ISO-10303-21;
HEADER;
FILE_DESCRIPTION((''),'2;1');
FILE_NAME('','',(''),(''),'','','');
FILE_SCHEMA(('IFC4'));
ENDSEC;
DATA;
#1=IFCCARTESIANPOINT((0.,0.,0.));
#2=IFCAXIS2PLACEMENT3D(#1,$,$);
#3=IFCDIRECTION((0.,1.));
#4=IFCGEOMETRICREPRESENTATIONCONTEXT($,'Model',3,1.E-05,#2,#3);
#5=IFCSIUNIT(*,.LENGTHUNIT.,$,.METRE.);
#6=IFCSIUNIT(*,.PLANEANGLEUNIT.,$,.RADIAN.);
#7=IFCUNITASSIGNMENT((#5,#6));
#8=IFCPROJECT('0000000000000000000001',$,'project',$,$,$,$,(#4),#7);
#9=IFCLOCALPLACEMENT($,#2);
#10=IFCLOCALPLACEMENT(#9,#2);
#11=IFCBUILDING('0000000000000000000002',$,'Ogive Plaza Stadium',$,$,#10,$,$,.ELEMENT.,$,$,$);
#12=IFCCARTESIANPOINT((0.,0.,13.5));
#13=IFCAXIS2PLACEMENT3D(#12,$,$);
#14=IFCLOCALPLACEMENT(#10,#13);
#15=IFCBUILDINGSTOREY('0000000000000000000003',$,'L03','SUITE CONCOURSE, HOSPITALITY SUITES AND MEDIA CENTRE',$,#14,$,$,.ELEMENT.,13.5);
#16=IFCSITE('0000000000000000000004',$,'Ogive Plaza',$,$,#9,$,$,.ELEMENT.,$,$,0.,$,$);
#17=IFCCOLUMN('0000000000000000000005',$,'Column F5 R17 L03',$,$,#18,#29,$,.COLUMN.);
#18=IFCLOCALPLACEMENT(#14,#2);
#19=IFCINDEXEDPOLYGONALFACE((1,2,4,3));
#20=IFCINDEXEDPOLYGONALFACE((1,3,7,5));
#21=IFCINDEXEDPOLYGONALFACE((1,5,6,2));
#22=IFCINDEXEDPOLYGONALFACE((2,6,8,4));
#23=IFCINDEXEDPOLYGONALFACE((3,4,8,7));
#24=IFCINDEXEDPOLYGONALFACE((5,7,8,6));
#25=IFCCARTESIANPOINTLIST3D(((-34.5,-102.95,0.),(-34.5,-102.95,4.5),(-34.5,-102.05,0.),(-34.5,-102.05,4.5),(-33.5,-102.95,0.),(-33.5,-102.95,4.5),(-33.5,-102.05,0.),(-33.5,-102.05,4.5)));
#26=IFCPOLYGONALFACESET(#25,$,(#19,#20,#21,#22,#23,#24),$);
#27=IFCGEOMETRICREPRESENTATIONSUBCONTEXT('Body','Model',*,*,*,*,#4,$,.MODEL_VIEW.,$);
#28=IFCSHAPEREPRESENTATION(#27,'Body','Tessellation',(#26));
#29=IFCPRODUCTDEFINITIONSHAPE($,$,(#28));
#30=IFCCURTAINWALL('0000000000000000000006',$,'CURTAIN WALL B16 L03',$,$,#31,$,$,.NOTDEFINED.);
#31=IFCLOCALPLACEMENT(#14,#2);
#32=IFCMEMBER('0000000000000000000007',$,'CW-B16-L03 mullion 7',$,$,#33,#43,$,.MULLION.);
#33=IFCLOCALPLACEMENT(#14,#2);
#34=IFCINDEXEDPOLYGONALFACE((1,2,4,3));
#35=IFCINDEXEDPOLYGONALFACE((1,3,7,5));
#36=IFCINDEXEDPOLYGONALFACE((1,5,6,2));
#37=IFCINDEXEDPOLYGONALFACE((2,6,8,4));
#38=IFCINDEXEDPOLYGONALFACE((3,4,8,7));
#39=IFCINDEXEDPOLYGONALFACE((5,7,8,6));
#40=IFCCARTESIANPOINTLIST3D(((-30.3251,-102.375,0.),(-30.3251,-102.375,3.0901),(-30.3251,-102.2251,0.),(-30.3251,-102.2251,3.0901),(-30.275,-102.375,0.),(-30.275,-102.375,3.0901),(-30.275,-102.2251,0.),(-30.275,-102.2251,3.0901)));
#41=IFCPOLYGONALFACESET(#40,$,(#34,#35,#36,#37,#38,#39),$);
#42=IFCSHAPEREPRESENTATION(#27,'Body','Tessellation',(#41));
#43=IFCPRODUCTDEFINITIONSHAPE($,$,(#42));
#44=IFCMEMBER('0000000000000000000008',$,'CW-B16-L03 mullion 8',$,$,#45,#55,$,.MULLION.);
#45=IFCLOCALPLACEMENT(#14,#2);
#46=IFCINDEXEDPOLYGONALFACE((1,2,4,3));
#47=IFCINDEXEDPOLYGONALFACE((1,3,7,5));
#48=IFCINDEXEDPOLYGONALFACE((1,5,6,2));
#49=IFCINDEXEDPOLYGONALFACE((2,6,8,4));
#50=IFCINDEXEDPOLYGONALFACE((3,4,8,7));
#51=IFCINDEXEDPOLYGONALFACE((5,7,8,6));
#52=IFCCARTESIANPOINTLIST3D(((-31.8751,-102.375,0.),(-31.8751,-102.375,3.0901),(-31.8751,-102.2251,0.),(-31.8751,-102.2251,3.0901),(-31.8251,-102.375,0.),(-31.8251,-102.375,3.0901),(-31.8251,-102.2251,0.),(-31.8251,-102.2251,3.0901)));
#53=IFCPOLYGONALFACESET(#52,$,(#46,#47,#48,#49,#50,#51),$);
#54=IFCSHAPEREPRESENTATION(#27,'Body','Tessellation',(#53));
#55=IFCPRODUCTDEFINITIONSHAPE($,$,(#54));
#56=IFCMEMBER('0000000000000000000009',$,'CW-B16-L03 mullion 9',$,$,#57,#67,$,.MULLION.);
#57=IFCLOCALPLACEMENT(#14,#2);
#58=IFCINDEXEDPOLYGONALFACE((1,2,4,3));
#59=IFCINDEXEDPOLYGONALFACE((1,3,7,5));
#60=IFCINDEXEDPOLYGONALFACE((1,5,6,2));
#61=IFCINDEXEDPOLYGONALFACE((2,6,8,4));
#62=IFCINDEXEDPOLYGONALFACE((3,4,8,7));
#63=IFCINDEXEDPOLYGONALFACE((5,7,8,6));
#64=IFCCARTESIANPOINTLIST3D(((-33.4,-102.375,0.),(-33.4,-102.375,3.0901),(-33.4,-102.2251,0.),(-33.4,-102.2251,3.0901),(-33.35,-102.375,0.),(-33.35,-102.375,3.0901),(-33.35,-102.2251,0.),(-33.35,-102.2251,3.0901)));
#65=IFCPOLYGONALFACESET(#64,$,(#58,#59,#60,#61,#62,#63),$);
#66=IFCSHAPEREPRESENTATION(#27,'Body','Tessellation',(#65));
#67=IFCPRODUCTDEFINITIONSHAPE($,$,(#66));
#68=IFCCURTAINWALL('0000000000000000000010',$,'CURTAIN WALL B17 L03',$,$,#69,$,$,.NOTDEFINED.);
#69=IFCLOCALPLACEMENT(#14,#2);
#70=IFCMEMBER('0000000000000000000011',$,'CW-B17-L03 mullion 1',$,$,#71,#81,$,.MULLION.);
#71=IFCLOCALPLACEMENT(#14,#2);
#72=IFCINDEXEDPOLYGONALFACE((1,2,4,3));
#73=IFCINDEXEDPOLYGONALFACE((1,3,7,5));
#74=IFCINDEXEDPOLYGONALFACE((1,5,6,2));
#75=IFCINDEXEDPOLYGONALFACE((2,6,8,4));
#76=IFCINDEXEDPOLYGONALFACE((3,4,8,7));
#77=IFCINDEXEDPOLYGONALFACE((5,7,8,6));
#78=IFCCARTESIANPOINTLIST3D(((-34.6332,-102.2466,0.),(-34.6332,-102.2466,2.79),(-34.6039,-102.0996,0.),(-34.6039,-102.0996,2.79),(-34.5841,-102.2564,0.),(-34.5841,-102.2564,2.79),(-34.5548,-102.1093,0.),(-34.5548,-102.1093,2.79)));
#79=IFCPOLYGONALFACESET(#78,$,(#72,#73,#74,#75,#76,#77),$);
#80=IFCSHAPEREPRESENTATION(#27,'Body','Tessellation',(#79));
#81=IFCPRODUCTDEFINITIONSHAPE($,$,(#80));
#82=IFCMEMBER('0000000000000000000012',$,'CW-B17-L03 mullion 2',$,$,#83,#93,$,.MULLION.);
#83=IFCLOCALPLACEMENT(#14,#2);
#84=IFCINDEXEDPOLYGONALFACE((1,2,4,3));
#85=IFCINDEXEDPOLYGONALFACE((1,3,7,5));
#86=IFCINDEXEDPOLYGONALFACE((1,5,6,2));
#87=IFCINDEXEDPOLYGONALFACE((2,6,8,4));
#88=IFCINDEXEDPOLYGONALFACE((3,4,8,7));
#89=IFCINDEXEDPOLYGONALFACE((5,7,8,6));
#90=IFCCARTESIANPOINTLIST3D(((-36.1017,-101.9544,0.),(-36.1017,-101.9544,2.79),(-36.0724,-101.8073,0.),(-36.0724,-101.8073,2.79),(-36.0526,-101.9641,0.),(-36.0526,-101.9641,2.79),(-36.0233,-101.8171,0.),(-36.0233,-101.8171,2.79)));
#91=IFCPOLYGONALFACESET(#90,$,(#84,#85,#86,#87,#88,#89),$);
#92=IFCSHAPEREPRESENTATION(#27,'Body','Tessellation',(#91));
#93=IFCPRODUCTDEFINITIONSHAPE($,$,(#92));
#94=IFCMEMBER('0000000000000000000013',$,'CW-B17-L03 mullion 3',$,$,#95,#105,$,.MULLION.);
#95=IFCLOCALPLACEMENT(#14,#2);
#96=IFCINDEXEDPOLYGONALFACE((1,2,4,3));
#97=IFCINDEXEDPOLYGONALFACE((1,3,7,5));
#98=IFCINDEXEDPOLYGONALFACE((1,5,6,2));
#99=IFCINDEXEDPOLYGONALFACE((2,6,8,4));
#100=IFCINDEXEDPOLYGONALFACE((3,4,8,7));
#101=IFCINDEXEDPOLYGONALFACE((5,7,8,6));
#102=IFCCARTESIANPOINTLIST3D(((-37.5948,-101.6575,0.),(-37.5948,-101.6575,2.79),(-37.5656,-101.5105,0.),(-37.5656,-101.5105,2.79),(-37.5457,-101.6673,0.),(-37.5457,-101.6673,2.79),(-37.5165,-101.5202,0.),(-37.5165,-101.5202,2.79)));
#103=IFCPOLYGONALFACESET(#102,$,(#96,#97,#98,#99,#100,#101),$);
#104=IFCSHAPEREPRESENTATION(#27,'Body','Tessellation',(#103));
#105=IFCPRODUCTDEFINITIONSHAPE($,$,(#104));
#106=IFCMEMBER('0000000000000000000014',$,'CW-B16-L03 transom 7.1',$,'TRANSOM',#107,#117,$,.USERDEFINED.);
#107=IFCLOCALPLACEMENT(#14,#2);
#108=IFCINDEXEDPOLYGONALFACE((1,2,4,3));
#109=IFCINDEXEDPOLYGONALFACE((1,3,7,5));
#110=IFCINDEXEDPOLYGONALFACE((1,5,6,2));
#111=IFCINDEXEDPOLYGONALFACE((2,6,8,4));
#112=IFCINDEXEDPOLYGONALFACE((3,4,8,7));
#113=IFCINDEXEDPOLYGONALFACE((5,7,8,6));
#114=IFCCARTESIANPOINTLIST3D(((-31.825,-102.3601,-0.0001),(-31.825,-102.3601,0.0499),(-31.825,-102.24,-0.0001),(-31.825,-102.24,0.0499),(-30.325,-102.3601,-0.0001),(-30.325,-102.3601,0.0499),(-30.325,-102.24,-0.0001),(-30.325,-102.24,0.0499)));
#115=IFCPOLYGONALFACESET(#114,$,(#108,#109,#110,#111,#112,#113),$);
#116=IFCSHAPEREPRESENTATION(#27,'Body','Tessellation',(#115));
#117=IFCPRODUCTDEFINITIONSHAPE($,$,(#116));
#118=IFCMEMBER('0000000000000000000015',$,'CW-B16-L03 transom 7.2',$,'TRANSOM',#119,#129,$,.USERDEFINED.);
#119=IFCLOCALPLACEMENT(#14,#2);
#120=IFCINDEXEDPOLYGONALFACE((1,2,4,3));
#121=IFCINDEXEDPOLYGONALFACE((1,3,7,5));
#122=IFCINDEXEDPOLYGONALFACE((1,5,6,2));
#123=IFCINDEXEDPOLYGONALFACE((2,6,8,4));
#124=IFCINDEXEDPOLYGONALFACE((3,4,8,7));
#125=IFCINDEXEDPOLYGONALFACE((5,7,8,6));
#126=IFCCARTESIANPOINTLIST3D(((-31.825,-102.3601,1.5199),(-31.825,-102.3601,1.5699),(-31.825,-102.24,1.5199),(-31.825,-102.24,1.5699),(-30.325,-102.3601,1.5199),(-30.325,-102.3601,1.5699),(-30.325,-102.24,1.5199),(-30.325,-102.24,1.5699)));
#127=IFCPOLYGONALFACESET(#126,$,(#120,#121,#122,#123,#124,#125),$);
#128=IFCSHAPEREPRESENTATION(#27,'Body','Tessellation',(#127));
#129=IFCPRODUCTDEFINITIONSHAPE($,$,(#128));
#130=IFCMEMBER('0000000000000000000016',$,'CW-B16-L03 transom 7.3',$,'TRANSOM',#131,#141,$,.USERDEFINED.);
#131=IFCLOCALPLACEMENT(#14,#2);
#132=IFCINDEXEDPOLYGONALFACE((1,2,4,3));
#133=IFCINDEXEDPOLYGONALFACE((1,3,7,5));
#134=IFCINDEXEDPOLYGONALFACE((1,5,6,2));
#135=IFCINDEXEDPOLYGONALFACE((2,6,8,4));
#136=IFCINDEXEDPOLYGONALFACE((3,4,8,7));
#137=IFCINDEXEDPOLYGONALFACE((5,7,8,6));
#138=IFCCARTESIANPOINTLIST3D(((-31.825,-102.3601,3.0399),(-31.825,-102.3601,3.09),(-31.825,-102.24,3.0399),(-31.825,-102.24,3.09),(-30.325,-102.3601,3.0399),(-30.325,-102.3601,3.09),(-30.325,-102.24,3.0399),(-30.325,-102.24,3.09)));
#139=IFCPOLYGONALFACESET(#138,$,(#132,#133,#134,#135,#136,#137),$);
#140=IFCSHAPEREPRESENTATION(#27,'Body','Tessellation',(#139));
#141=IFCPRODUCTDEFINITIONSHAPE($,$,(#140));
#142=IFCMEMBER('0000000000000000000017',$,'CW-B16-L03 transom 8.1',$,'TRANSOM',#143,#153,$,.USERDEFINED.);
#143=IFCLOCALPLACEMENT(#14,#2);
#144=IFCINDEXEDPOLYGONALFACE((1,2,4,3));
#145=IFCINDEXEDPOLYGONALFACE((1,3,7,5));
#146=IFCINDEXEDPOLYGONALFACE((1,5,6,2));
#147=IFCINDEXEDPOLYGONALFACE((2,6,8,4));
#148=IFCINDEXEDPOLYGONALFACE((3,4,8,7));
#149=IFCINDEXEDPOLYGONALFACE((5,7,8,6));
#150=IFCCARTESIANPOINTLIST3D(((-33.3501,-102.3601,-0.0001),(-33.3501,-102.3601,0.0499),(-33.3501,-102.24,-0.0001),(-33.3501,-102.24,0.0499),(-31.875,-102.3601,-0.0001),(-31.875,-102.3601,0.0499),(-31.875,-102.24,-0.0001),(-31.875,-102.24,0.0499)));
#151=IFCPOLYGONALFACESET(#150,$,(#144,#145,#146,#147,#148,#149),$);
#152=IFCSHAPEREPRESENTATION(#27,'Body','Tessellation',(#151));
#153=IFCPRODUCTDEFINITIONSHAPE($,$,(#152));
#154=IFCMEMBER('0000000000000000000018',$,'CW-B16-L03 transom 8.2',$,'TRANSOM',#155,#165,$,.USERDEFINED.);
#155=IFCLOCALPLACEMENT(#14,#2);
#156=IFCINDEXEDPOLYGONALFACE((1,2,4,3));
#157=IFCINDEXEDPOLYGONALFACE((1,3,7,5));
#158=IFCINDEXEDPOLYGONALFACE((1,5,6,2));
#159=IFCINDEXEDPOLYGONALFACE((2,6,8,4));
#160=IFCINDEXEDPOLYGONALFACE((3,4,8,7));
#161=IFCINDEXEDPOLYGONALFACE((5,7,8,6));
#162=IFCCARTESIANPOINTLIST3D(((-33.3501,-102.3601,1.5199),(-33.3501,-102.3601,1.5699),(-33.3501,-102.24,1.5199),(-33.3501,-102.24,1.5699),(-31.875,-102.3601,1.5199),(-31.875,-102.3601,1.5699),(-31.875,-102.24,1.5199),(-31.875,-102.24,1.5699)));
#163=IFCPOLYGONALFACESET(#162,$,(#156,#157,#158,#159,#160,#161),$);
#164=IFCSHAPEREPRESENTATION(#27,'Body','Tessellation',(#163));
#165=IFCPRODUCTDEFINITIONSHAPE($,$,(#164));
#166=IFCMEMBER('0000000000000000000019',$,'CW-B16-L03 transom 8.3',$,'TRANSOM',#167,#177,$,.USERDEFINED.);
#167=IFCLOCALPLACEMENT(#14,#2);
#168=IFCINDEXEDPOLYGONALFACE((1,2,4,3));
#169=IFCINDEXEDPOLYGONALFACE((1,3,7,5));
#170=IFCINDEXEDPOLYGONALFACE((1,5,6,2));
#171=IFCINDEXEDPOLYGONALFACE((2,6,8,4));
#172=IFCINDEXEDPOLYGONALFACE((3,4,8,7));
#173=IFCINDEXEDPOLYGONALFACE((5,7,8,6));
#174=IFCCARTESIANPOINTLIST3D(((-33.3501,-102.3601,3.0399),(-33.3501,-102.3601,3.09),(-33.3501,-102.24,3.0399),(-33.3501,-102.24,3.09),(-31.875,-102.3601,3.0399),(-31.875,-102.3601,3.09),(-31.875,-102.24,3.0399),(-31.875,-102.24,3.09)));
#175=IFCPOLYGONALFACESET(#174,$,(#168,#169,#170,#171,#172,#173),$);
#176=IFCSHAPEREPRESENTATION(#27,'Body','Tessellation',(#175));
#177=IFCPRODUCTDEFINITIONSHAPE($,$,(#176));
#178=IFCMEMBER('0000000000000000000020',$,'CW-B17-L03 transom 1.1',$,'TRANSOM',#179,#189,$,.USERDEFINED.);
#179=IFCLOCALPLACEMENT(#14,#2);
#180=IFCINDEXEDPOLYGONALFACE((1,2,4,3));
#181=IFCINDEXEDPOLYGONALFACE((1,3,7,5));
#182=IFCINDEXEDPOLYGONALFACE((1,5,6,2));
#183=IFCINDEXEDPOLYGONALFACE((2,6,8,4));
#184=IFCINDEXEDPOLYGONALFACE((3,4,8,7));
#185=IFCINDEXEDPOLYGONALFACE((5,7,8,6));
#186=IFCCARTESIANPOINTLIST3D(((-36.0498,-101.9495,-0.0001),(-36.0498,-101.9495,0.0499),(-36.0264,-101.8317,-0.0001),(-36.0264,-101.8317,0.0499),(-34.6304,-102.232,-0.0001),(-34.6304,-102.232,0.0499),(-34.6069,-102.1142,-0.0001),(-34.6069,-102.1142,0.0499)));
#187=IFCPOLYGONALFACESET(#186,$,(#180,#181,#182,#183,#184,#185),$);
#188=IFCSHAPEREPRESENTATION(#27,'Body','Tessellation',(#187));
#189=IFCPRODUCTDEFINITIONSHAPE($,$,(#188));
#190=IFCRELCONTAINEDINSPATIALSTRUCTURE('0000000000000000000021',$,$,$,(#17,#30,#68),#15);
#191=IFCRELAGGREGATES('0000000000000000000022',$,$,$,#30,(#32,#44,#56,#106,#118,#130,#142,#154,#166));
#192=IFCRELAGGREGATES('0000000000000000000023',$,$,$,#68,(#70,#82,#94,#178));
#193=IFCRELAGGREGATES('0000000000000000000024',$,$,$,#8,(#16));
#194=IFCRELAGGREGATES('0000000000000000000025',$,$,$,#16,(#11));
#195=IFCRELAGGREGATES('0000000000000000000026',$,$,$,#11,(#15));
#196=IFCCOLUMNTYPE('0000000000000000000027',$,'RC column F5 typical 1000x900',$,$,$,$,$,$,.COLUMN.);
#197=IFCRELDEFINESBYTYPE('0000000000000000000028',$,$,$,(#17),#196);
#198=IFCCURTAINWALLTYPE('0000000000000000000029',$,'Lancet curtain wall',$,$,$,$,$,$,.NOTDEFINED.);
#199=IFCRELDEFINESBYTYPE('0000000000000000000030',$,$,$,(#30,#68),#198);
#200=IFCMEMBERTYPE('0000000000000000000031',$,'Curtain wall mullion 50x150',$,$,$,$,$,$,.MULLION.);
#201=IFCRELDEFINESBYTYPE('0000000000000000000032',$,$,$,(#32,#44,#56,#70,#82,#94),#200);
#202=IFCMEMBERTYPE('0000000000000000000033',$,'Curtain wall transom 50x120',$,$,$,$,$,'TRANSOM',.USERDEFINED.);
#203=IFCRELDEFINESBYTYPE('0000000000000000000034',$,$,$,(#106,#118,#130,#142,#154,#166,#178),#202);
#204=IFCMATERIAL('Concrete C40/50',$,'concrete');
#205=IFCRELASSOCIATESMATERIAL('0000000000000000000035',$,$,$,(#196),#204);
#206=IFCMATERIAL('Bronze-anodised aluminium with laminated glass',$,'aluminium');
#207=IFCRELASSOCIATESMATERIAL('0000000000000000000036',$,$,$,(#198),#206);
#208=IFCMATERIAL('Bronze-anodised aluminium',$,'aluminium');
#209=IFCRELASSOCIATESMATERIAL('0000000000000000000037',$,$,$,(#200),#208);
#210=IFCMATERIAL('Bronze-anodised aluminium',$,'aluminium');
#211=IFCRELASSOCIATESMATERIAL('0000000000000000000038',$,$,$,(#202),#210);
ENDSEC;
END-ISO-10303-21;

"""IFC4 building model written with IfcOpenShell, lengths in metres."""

from ifc_helpers import new_model, si_unit, direction, frame, origin, origin_2d, place, context, subcontext, project, spatial, rectangle, extrude, material, material_profile, profile_set, type_object, element, aggregate, save


model = new_model("IFC4")

# Units and contexts
model_context = context("Model", 3, precision=1e-05, world=origin(), true_north=direction((0.0, 1.0)))
body_context = subcontext(model_context, "Body", "Model", "MODEL_VIEW")
ifc_project = project(units=[si_unit("LENGTHUNIT", "METRE"), si_unit("PLANEANGLEUNIT", "RADIAN")], contexts=[model_context])

# Site, building, storey
site_placement = place(None, origin())
site = spatial("IfcSite", under=ifc_project, at=site_placement, Name="Ogive Plaza", CompositionType="ELEMENT", RefElevation=0.0)
building_placement = place(site_placement, origin())
building = spatial("IfcBuilding", under=site, at=building_placement, Name="Ogive Plaza Stadium", CompositionType="ELEMENT")
storey_placement = place(building_placement, frame((0.0, 0.0, 13.5)))
storey = spatial("IfcBuildingStorey", under=building, at=storey_placement, Name="L03", Description="SUITE CONCOURSE, HOSPITALITY SUITES AND MEDIA CENTRE", CompositionType="ELEMENT", Elevation=13.5)

# Column
ifc_material_1 = material(Name="Concrete C40/50", Category="concrete")
ifc_material_profile_1 = material_profile(ifc_material_1, rectangle(XDim=1.0, YDim=0.8999, at=origin_2d()), Name="RC 1000x900")
ifc_profile_set_1 = profile_set([ifc_material_profile_1], Name="Concrete C40/50")
column_type = type_object("IfcColumnType", Name="RC column F5 typical 1000x900", PredefinedType="COLUMN", material=ifc_profile_set_1)
column_placement = place(storey_placement, frame((-34.0, -102.5, 0.0), z_axis=(0.0, 0.0, 1.0), x_axis=(1.0, 0.0, 0.0)))
element("IfcColumn", 1, at=column_placement, inside=storey, type_object=column_type, Name="Column F5 R17 L03", PredefinedType="COLUMN", context=body_context, shape_type="SweptSolid", body=[
    extrude(rectangle(XDim=1.0, YDim=0.8999, at=origin_2d()), origin(), (0.0, 0.0, 1.0), 4.5),
])

# Curtain walls, members
ifc_material_2 = material(Name="Bronze-anodised aluminium with laminated glass", Category="aluminium")
curtain_wall_type = type_object("IfcCurtainWallType", Name="Lancet curtain wall", PredefinedType="NOTDEFINED", material=ifc_material_2)
curtain_wall_1_placement = place(storey_placement, origin())
curtain_wall_1 = element("IfcCurtainWall", 2, at=curtain_wall_1_placement, inside=storey, type_object=curtain_wall_type, Name="CURTAIN WALL B16 L03", PredefinedType="NOTDEFINED")
ifc_material_3 = material(Name="Bronze-anodised aluminium", Category="aluminium")
ifc_material_profile_2 = material_profile(ifc_material_3, rectangle(XDim=0.1499, YDim=0.05, at=origin_2d()), Name="AL 150x50")
ifc_profile_set_2 = profile_set([ifc_material_profile_2], Name="Bronze-anodised aluminium")
member_type_1 = type_object("IfcMemberType", Name="Curtain wall mullion 50x150", PredefinedType="MULLION", material=ifc_profile_set_2)
member_1_placement = place(storey_placement, frame((-30.3, -102.3, 0.0), z_axis=(0.0, 0.0, 1.0), x_axis=(0.0, -1.0, 0.0)))
member_1 = element("IfcMember", 3, at=member_1_placement, type_object=member_type_1, Name="CW-B16-L03 mullion 7", PredefinedType="MULLION", context=body_context, shape_type="SweptSolid", body=[
    extrude(rectangle(XDim=0.1499, YDim=0.05, at=origin_2d()), origin(), (0.0, 0.0, 1.0), 3.0901),
])
member_2_placement = place(storey_placement, frame((-31.8501, -102.3, 0.0), z_axis=(0.0, 0.0, 1.0), x_axis=(0.0, -1.0, 0.0)))
member_2 = element("IfcMember", 4, at=member_2_placement, type_object=member_type_1, Name="CW-B16-L03 mullion 8", PredefinedType="MULLION", context=body_context, shape_type="SweptSolid", body=[
    extrude(rectangle(XDim=0.1499, YDim=0.05, at=origin_2d()), origin(), (0.0, 0.0, 1.0), 3.0901),
])
member_3_placement = place(storey_placement, frame((-33.375, -102.3, 0.0), z_axis=(0.0, 0.0, 1.0), x_axis=(0.0, -1.0, 0.0)))
member_3 = element("IfcMember", 5, at=member_3_placement, type_object=member_type_1, Name="CW-B16-L03 mullion 9", PredefinedType="MULLION", context=body_context, shape_type="SweptSolid", body=[
    extrude(rectangle(XDim=0.1499, YDim=0.05, at=origin_2d()), origin(), (0.0, 0.0, 1.0), 3.0901),
])
curtain_wall_2_placement = place(storey_placement, origin())
curtain_wall_2 = element("IfcCurtainWall", 6, at=curtain_wall_2_placement, inside=storey, type_object=curtain_wall_type, Name="CURTAIN WALL B17 L03", PredefinedType="NOTDEFINED")
member_4_placement = place(storey_placement, frame((-34.594, -102.178, 0.0), z_axis=(0.0, 0.0, 1.0), x_axis=(-0.19509, -0.980785, 0.0)))
member_4 = element("IfcMember", 7, at=member_4_placement, type_object=member_type_1, Name="CW-B17-L03 mullion 1", PredefinedType="MULLION", context=body_context, shape_type="SweptSolid", body=[
    extrude(rectangle(XDim=0.1499, YDim=0.05, at=origin_2d()), origin(), (0.0, 0.0, 1.0), 2.79),
])
member_5_placement = place(storey_placement, frame((-36.0625, -101.8857, 0.0), z_axis=(0.0, 0.0, 1.0), x_axis=(-0.19509, -0.980785, 0.0)))
member_5 = element("IfcMember", 8, at=member_5_placement, type_object=member_type_1, Name="CW-B17-L03 mullion 2", PredefinedType="MULLION", context=body_context, shape_type="SweptSolid", body=[
    extrude(rectangle(XDim=0.1499, YDim=0.05, at=origin_2d()), origin(), (0.0, 0.0, 1.0), 2.79),
])
member_6_placement = place(storey_placement, frame((-37.5557, -101.5889, 0.0), z_axis=(0.0, 0.0, 1.0), x_axis=(-0.19509, -0.980785, 0.0)))
member_6 = element("IfcMember", 9, at=member_6_placement, type_object=member_type_1, Name="CW-B17-L03 mullion 3", PredefinedType="MULLION", context=body_context, shape_type="SweptSolid", body=[
    extrude(rectangle(XDim=0.1499, YDim=0.05, at=origin_2d()), origin(), (0.0, 0.0, 1.0), 2.79),
])

# Members
ifc_material_4 = material(Name="Bronze-anodised aluminium", Category="aluminium")
ifc_material_profile_3 = material_profile(ifc_material_4, rectangle(XDim=0.1201, YDim=0.05, at=origin_2d()), Name="AL 120x50")
ifc_profile_set_3 = profile_set([ifc_material_profile_3], Name="Bronze-anodised aluminium")
member_type_2 = type_object("IfcMemberType", Name="Curtain wall transom 50x120", ElementType="TRANSOM", PredefinedType="USERDEFINED", material=ifc_profile_set_3)
member_7_placement = place(storey_placement, frame((-30.325, -102.3, 0.0249), z_axis=(-1.0, 0.0, 0.0), x_axis=(0.0, -1.0, 0.0)))
member_7 = element("IfcMember", 10, at=member_7_placement, type_object=member_type_2, Name="CW-B16-L03 transom 7.1", ObjectType="TRANSOM", PredefinedType="USERDEFINED", context=body_context, shape_type="SweptSolid", body=[
    extrude(rectangle(XDim=0.1201, YDim=0.05, at=origin_2d()), origin(), (0.0, 0.0, 1.0), 1.5),
])
member_8_placement = place(storey_placement, frame((-30.325, -102.3, 1.5449), z_axis=(-1.0, 0.0, 0.0), x_axis=(0.0, -1.0, 0.0)))
member_8 = element("IfcMember", 11, at=member_8_placement, type_object=member_type_2, Name="CW-B16-L03 transom 7.2", ObjectType="TRANSOM", PredefinedType="USERDEFINED", context=body_context, shape_type="SweptSolid", body=[
    extrude(rectangle(XDim=0.1201, YDim=0.05, at=origin_2d()), origin(), (0.0, 0.0, 1.0), 1.5),
])
member_9_placement = place(storey_placement, frame((-30.325, -102.3, 3.0649), z_axis=(-1.0, 0.0, 0.0), x_axis=(0.0, -1.0, 0.0)))
member_9 = element("IfcMember", 12, at=member_9_placement, type_object=member_type_2, Name="CW-B16-L03 transom 7.3", ObjectType="TRANSOM", PredefinedType="USERDEFINED", context=body_context, shape_type="SweptSolid", body=[
    extrude(rectangle(XDim=0.1201, YDim=0.05, at=origin_2d()), origin(), (0.0, 0.0, 1.0), 1.5),
])
member_10_placement = place(storey_placement, frame((-31.875, -102.3, 0.0249), z_axis=(-1.0, 0.0, 0.0), x_axis=(0.0, -1.0, 0.0)))
member_10 = element("IfcMember", 13, at=member_10_placement, type_object=member_type_2, Name="CW-B16-L03 transom 8.1", ObjectType="TRANSOM", PredefinedType="USERDEFINED", context=body_context, shape_type="SweptSolid", body=[
    extrude(rectangle(XDim=0.1201, YDim=0.05, at=origin_2d()), origin(), (0.0, 0.0, 1.0), 1.4751),
])
member_11_placement = place(storey_placement, frame((-31.875, -102.3, 1.5449), z_axis=(-1.0, 0.0, 0.0), x_axis=(0.0, -1.0, 0.0)))
member_11 = element("IfcMember", 14, at=member_11_placement, type_object=member_type_2, Name="CW-B16-L03 transom 8.2", ObjectType="TRANSOM", PredefinedType="USERDEFINED", context=body_context, shape_type="SweptSolid", body=[
    extrude(rectangle(XDim=0.1201, YDim=0.05, at=origin_2d()), origin(), (0.0, 0.0, 1.0), 1.4751),
])
member_12_placement = place(storey_placement, frame((-31.875, -102.3, 3.0649), z_axis=(-1.0, 0.0, 0.0), x_axis=(0.0, -1.0, 0.0)))
member_12 = element("IfcMember", 15, at=member_12_placement, type_object=member_type_2, Name="CW-B16-L03 transom 8.3", ObjectType="TRANSOM", PredefinedType="USERDEFINED", context=body_context, shape_type="SweptSolid", body=[
    extrude(rectangle(XDim=0.1201, YDim=0.05, at=origin_2d()), origin(), (0.0, 0.0, 1.0), 1.4751),
])
member_13_placement = place(storey_placement, frame((-34.6187, -102.1731, 0.0249), z_axis=(-0.980768, 0.195175, 0.0), x_axis=(-0.195175, -0.980768, 0.0)))
member_13 = element("IfcMember", 16, at=member_13_placement, type_object=member_type_2, Name="CW-B17-L03 transom 1.1", ObjectType="TRANSOM", PredefinedType="USERDEFINED", context=body_context, shape_type="SweptSolid", body=[
    extrude(rectangle(XDim=0.1201, YDim=0.05, at=origin_2d()), origin(), (0.0, 0.0, 1.0), 1.4473),
])

aggregate(curtain_wall_1, [member_1, member_2, member_3, member_7, member_8, member_9, member_10, member_11, member_12])
aggregate(curtain_wall_2, [member_4, member_5, member_6, member_13])

save(model, "model.ifc")
